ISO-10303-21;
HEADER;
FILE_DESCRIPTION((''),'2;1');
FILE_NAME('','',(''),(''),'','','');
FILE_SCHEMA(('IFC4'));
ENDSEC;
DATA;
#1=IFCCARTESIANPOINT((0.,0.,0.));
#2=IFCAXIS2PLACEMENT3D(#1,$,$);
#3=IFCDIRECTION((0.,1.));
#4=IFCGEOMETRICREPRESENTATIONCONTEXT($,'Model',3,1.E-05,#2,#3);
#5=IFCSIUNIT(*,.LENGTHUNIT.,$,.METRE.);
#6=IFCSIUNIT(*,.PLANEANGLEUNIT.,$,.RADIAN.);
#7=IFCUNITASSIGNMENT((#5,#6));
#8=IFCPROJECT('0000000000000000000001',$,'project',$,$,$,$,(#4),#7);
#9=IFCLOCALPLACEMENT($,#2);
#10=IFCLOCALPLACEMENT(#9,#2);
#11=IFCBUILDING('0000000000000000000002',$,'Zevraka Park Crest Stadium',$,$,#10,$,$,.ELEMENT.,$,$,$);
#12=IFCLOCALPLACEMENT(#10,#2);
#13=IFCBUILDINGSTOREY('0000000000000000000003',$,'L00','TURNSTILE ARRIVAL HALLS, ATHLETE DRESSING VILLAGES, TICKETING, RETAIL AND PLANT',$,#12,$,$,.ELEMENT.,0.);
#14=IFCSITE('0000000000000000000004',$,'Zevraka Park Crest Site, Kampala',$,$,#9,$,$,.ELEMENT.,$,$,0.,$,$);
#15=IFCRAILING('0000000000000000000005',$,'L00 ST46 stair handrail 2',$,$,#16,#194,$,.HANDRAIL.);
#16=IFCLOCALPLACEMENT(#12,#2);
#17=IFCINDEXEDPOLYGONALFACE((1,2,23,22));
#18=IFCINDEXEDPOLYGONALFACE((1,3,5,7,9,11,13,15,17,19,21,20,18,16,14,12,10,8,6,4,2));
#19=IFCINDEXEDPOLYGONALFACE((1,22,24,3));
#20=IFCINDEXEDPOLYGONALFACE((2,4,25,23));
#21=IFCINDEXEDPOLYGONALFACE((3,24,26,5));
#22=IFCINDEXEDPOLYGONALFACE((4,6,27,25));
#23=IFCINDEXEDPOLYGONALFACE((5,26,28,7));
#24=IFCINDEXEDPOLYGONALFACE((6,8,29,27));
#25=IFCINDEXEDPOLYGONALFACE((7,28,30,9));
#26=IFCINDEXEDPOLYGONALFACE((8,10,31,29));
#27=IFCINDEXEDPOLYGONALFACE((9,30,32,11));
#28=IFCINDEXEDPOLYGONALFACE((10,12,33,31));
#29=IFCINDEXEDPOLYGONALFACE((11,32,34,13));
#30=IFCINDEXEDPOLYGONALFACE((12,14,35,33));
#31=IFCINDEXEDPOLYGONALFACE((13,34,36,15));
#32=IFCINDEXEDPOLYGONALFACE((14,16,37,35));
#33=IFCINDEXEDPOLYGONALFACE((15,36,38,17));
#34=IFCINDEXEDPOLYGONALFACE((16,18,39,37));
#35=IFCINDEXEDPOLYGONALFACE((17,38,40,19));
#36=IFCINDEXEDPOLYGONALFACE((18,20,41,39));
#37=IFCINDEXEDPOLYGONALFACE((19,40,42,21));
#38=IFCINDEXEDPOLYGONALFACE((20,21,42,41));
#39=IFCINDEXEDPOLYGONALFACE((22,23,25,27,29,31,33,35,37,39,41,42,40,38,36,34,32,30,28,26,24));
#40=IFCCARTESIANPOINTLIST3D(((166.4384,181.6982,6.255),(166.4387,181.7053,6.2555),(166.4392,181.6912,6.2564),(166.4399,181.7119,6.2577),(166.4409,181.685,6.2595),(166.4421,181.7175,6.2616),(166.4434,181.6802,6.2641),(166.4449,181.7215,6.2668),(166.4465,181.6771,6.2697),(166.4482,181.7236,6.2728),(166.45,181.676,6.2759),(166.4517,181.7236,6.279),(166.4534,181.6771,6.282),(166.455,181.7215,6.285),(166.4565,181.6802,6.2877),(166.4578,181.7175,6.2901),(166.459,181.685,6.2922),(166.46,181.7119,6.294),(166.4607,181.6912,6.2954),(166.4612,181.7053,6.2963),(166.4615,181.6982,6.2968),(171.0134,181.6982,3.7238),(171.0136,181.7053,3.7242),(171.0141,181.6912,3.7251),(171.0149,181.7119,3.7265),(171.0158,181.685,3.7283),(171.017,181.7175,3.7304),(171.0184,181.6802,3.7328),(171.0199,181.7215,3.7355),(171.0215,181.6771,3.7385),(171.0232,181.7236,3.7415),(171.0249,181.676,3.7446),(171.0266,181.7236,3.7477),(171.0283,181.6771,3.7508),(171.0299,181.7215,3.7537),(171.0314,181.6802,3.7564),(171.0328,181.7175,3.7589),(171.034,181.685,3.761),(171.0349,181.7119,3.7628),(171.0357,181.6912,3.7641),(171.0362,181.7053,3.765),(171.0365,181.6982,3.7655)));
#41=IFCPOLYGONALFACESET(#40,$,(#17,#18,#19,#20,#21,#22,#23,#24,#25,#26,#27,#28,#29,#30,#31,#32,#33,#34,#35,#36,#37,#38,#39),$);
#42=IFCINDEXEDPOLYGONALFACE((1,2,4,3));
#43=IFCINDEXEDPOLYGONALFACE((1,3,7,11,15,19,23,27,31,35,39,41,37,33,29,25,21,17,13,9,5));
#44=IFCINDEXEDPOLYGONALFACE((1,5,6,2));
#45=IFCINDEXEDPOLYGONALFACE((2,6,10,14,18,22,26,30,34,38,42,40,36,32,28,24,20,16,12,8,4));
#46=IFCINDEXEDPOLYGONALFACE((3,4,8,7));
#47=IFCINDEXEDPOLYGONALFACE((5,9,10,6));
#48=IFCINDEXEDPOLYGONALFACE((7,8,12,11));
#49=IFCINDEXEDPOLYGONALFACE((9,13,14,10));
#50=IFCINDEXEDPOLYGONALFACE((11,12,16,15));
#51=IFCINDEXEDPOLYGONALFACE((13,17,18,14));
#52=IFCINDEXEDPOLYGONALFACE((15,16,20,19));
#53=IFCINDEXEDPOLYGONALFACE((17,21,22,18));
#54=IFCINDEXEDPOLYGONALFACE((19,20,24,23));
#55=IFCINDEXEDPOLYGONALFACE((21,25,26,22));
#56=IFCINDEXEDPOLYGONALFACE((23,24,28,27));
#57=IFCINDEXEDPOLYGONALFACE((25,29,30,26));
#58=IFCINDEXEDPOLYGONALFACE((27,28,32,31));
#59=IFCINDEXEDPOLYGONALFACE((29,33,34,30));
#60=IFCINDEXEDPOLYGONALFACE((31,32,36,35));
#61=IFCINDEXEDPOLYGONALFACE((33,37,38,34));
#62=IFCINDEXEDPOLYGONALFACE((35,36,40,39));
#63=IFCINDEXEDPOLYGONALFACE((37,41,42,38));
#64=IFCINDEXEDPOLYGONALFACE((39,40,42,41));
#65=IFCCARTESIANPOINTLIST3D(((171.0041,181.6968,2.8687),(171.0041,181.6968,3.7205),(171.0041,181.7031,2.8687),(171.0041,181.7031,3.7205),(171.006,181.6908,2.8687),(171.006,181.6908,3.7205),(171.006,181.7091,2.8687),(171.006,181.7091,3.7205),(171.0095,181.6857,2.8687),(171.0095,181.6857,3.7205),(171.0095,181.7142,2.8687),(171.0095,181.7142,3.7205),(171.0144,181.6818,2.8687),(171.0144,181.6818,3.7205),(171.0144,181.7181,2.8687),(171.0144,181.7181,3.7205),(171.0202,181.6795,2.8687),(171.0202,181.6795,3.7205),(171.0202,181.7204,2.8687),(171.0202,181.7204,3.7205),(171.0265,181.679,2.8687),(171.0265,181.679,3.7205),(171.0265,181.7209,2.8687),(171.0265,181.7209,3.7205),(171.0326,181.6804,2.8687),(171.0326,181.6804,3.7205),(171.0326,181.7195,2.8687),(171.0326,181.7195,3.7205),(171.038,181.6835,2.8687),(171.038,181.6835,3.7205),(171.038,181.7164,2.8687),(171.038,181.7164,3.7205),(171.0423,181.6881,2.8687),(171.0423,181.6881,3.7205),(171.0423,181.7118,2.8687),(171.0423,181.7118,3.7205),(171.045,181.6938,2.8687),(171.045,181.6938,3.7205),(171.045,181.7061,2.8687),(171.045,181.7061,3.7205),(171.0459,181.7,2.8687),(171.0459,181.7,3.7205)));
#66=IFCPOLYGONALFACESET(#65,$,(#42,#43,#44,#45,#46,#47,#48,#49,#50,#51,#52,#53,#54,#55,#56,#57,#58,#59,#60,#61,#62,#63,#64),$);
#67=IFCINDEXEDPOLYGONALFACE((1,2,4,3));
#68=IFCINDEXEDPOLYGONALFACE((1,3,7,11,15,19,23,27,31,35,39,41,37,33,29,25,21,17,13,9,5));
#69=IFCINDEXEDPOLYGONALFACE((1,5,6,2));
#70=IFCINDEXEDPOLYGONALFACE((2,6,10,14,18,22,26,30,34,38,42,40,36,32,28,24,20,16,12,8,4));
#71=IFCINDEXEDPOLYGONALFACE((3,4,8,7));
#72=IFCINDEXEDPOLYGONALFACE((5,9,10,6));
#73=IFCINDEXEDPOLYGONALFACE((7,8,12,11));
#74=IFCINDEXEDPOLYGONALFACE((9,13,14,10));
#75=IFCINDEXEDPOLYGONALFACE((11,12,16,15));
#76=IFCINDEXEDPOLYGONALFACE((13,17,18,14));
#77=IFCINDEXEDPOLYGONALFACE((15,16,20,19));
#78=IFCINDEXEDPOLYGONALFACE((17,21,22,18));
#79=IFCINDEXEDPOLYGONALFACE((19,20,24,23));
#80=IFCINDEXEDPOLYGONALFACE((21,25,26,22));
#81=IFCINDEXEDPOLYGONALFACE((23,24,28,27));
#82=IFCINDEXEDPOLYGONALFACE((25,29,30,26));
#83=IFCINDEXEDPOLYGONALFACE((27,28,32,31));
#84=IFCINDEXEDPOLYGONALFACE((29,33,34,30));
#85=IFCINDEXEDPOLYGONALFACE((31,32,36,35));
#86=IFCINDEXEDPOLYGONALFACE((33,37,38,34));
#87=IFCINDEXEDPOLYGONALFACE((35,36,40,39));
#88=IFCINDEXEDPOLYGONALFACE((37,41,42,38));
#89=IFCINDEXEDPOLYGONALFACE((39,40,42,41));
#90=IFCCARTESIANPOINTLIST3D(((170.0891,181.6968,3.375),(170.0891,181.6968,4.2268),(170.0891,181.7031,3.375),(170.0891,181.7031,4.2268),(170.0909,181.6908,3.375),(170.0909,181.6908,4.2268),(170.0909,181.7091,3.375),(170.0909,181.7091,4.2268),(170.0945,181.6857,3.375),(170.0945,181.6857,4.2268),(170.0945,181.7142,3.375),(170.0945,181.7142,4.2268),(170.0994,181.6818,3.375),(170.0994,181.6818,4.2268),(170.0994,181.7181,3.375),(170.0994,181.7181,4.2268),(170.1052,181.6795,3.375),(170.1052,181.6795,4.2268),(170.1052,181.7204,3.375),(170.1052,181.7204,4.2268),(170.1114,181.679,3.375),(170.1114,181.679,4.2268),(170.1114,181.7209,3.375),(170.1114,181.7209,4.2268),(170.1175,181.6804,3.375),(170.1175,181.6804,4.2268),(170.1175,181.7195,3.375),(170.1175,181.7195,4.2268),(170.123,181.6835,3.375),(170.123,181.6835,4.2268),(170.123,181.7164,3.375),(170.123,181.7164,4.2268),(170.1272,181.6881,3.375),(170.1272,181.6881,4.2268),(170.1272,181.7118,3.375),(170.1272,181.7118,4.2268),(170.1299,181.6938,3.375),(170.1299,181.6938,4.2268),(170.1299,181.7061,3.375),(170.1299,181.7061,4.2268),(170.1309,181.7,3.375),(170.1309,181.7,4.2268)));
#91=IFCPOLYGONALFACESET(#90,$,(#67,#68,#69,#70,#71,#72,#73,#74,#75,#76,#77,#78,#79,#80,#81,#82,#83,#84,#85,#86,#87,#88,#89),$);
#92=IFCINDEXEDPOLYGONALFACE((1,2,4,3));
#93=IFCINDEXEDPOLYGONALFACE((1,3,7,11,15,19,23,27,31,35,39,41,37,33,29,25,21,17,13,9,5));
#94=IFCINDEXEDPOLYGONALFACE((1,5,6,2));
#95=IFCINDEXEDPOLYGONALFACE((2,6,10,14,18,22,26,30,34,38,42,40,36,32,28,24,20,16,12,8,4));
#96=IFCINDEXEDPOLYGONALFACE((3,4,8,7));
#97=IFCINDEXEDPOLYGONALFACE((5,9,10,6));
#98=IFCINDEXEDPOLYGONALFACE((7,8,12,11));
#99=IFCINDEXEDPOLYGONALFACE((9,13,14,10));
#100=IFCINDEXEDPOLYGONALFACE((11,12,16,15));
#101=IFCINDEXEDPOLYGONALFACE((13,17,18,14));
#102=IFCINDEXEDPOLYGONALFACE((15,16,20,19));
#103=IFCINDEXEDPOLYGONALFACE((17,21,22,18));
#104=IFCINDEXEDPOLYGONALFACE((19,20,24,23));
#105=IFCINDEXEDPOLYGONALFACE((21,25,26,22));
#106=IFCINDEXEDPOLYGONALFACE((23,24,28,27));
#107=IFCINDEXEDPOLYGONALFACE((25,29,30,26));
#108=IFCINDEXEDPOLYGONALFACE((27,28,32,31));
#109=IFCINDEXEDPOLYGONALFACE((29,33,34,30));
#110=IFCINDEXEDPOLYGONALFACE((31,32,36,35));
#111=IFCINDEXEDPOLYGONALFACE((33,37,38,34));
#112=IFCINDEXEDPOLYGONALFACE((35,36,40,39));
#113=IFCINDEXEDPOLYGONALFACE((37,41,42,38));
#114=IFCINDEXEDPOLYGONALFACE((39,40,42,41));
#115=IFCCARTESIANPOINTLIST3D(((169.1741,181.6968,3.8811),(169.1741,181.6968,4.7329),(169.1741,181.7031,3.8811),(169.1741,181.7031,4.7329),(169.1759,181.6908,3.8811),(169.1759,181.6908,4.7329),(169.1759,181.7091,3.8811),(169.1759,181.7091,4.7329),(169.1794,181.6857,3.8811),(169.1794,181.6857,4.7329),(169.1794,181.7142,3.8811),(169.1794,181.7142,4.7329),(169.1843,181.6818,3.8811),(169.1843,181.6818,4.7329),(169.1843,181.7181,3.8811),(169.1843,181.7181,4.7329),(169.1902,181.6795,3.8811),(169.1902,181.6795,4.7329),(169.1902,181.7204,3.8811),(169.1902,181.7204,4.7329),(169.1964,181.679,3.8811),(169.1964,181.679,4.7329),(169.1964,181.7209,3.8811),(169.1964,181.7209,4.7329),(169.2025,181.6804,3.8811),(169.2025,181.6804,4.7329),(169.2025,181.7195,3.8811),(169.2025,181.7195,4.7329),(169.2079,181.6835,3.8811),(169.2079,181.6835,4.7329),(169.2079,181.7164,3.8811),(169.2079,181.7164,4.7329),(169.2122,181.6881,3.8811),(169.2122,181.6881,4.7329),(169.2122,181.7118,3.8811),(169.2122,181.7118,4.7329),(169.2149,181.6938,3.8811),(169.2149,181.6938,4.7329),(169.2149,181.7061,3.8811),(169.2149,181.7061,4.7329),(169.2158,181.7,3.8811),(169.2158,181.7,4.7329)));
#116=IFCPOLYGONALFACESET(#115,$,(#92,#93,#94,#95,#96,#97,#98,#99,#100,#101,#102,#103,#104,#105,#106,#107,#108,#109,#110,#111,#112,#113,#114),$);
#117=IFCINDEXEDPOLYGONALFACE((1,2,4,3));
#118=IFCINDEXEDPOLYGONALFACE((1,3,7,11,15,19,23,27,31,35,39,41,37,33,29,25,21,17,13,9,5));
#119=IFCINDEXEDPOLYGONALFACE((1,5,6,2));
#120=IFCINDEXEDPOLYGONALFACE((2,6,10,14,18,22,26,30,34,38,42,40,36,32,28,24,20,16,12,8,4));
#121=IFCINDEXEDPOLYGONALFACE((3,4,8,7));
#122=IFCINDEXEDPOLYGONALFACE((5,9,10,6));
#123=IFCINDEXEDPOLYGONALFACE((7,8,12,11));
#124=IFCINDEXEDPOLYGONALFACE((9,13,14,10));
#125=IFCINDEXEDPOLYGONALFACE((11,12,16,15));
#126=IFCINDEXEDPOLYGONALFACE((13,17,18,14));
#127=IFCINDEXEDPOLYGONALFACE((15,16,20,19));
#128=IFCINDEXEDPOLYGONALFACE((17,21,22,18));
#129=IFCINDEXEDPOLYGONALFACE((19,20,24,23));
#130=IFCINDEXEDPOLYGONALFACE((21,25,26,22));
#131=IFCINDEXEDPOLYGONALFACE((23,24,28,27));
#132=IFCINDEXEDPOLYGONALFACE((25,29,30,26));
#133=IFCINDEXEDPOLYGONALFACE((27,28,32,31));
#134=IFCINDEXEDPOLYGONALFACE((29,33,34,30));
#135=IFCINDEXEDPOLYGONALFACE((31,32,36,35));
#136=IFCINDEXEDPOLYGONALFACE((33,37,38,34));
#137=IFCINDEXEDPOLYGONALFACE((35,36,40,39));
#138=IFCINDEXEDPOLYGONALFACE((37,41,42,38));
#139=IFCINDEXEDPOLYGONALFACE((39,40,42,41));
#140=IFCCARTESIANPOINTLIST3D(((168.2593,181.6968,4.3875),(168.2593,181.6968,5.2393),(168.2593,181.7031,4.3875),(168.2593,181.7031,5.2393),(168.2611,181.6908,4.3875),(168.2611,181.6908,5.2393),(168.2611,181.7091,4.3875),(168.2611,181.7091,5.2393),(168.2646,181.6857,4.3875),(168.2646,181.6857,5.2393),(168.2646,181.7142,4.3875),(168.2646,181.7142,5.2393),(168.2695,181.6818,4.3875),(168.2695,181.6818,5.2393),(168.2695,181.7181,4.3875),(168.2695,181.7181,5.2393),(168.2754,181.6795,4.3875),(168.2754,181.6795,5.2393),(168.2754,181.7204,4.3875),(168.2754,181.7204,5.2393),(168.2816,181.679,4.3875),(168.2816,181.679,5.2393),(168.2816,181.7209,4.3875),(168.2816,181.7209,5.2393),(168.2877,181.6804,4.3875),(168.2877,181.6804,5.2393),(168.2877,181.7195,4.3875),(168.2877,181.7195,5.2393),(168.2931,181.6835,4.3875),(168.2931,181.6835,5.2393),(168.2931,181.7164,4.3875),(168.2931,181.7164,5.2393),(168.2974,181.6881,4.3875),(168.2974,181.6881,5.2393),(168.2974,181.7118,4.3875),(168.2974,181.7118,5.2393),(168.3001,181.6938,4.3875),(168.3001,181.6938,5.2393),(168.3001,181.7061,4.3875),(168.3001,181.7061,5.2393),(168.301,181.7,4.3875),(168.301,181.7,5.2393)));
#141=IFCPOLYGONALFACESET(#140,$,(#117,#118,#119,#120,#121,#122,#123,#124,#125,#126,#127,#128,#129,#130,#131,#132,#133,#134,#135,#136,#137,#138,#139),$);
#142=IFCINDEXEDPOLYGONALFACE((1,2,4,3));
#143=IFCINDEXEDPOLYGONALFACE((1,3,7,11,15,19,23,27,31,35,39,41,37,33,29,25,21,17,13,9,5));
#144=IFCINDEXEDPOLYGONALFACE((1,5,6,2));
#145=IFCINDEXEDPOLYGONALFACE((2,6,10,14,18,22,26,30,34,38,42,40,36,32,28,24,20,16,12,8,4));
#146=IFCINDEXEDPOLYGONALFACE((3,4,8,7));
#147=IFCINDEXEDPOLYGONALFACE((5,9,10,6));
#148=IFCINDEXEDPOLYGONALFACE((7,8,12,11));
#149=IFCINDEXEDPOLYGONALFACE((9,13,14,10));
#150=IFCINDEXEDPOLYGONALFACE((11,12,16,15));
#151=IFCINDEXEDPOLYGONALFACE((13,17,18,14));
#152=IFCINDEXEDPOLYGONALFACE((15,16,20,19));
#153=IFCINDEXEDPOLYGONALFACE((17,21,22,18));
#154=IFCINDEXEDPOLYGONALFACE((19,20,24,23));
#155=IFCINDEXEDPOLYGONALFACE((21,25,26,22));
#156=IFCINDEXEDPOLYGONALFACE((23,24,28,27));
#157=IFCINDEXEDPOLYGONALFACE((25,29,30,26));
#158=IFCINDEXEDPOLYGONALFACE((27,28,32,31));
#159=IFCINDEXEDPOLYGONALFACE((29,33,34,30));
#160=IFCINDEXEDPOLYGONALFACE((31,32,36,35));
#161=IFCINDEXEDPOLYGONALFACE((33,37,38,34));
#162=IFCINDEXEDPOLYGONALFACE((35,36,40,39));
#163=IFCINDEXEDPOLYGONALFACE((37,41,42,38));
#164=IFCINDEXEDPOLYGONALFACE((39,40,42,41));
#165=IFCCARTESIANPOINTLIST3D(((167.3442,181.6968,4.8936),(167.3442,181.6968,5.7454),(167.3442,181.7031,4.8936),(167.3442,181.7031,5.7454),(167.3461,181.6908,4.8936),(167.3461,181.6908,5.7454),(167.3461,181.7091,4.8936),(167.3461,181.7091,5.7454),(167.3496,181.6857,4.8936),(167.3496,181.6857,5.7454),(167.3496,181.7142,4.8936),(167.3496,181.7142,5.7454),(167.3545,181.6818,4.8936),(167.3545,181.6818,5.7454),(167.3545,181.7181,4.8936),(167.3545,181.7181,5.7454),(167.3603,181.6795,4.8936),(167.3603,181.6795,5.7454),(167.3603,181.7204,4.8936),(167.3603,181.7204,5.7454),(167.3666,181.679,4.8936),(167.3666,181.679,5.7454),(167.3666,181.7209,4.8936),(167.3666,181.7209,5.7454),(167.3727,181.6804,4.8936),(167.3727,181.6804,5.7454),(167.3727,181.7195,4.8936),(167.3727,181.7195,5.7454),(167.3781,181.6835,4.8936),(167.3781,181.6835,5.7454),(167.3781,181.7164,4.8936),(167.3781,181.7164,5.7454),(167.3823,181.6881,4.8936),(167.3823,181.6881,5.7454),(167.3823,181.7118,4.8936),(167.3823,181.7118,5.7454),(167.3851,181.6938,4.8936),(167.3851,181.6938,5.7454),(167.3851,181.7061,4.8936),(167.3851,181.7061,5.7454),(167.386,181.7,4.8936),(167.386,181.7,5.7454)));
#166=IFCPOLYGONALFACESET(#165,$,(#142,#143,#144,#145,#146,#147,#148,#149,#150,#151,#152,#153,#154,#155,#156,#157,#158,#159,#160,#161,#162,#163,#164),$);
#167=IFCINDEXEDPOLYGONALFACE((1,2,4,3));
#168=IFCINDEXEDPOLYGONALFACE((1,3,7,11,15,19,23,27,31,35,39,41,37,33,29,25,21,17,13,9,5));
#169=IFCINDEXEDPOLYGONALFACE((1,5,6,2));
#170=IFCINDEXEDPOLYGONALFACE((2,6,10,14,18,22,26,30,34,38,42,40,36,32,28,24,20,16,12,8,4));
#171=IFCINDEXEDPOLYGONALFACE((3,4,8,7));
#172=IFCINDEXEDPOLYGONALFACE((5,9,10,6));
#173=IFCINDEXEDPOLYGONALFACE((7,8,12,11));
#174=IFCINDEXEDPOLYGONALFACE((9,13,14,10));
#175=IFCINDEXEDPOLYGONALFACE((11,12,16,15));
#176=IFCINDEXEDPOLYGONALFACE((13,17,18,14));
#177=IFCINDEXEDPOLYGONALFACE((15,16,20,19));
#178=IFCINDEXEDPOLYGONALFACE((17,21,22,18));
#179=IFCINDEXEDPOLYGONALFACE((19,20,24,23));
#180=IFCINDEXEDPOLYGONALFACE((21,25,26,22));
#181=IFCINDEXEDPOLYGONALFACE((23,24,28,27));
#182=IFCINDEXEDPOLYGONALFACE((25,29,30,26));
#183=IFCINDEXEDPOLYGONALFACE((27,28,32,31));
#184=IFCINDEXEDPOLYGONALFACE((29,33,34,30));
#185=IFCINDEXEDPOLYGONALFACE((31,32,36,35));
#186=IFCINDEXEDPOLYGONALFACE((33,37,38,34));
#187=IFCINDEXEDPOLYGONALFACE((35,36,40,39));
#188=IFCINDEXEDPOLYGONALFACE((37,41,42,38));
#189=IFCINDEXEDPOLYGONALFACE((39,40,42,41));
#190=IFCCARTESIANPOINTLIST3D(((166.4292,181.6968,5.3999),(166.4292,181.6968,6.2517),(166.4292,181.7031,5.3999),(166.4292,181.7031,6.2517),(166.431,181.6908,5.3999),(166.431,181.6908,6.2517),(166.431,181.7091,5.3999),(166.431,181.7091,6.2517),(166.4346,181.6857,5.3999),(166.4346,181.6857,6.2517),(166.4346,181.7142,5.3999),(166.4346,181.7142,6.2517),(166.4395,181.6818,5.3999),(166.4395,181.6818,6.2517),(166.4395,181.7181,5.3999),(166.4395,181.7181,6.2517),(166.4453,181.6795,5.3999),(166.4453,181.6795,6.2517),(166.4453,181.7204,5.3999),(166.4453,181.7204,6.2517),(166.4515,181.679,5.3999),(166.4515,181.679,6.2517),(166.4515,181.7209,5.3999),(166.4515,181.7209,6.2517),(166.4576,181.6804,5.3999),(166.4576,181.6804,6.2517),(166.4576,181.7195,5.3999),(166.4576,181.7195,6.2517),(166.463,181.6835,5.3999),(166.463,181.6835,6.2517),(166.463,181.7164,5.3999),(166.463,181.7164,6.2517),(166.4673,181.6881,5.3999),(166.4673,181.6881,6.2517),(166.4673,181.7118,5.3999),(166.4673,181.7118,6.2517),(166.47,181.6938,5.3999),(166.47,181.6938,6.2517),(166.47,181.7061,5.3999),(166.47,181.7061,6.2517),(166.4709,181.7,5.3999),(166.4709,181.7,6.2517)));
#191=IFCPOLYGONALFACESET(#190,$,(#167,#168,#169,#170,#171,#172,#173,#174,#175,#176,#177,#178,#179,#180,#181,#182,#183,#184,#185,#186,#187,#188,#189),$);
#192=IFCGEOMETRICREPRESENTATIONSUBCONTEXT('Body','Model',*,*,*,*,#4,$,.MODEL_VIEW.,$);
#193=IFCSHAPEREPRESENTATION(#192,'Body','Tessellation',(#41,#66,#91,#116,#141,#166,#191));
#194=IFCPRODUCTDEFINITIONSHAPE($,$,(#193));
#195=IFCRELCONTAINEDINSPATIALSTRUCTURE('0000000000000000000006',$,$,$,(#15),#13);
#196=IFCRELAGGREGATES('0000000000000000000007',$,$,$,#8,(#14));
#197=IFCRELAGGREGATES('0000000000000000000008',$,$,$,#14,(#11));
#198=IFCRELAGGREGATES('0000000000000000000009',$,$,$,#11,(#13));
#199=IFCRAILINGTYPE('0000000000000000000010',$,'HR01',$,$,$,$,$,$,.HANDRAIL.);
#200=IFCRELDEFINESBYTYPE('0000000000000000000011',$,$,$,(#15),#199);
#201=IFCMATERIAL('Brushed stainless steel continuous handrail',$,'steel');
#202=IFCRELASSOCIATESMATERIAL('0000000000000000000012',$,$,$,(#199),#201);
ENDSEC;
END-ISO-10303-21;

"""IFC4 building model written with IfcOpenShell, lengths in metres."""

from ifc_helpers import new_model, si_unit, direction, frame, origin, origin_2d, place, context, subcontext, project, spatial, circle, extrude, material, type_object, element, save


model = new_model("IFC4")

# Units and contexts
model_context = context("Model", 3, precision=1e-05, world=origin(), true_north=direction((0.0, 1.0)))
body_context = subcontext(model_context, "Body", "Model", "MODEL_VIEW")
ifc_project = project(units=[si_unit("LENGTHUNIT", "METRE"), si_unit("PLANEANGLEUNIT", "RADIAN")], contexts=[model_context])

# Site, building, storey
site_placement = place(None, origin())
site = spatial("IfcSite", under=ifc_project, at=site_placement, Name="Zevraka Park Crest Site, Kampala", CompositionType="ELEMENT", RefElevation=0.0)
building_placement = place(site_placement, origin())
building = spatial("IfcBuilding", under=site, at=building_placement, Name="Zevraka Park Crest Stadium", CompositionType="ELEMENT")
storey_placement = place(building_placement, origin())
storey = spatial("IfcBuildingStorey", under=building, at=storey_placement, Name="L00", Description="TURNSTILE ARRIVAL HALLS, ATHLETE DRESSING VILLAGES, TICKETING, RETAIL AND PLANT", CompositionType="ELEMENT", Elevation=0.0)

# Railing
ifc_material_1 = material(Name="Brushed stainless steel continuous handrail", Category="steel")
railing_type_1 = type_object("IfcRailingType", Name="HR01", PredefinedType="HANDRAIL", material=ifc_material_1)
railing_1_placement = place(storey_placement, frame((171.0249, 181.7, 2.8687)))
element("IfcRailing", 1, at=railing_1_placement, inside=storey, type_object=railing_type_1, Name="L00 ST46 stair handrail 2", PredefinedType="HANDRAIL", context=body_context, shape_type="SweptSolid", body=[
    extrude(circle(Radius=0.0239, at=origin_2d()), frame((0.0, 0.0, 0.876), z_axis=(-0.875, 0.0, 0.484124), x_axis=(0.0, -1.0, 0.0)), (0.0, 0.0, 1.0), 5.2285),
    extrude(circle(Radius=0.021, at=origin_2d()), origin(), (0.0, 0.0, 1.0), 0.8518),
    extrude(circle(Radius=0.021, at=origin_2d()), frame((-0.915, 0.0, 0.5063)), (0.0, 0.0, 1.0), 0.8518),
    extrude(circle(Radius=0.021, at=origin_2d()), frame((-1.8301, 0.0, 1.0125)), (0.0, 0.0, 1.0), 0.8518),
    extrude(circle(Radius=0.021, at=origin_2d()), frame((-2.7449, 0.0, 1.5188)), (0.0, 0.0, 1.0), 0.8518),
    extrude(circle(Radius=0.021, at=origin_2d()), frame((-3.6599, 0.0, 2.0249)), (0.0, 0.0, 1.0), 0.8518),
    extrude(circle(Radius=0.021, at=origin_2d()), frame((-4.575, 0.0, 2.5312)), (0.0, 0.0, 1.0), 0.8518),
])

save(model, "model.ifc")
